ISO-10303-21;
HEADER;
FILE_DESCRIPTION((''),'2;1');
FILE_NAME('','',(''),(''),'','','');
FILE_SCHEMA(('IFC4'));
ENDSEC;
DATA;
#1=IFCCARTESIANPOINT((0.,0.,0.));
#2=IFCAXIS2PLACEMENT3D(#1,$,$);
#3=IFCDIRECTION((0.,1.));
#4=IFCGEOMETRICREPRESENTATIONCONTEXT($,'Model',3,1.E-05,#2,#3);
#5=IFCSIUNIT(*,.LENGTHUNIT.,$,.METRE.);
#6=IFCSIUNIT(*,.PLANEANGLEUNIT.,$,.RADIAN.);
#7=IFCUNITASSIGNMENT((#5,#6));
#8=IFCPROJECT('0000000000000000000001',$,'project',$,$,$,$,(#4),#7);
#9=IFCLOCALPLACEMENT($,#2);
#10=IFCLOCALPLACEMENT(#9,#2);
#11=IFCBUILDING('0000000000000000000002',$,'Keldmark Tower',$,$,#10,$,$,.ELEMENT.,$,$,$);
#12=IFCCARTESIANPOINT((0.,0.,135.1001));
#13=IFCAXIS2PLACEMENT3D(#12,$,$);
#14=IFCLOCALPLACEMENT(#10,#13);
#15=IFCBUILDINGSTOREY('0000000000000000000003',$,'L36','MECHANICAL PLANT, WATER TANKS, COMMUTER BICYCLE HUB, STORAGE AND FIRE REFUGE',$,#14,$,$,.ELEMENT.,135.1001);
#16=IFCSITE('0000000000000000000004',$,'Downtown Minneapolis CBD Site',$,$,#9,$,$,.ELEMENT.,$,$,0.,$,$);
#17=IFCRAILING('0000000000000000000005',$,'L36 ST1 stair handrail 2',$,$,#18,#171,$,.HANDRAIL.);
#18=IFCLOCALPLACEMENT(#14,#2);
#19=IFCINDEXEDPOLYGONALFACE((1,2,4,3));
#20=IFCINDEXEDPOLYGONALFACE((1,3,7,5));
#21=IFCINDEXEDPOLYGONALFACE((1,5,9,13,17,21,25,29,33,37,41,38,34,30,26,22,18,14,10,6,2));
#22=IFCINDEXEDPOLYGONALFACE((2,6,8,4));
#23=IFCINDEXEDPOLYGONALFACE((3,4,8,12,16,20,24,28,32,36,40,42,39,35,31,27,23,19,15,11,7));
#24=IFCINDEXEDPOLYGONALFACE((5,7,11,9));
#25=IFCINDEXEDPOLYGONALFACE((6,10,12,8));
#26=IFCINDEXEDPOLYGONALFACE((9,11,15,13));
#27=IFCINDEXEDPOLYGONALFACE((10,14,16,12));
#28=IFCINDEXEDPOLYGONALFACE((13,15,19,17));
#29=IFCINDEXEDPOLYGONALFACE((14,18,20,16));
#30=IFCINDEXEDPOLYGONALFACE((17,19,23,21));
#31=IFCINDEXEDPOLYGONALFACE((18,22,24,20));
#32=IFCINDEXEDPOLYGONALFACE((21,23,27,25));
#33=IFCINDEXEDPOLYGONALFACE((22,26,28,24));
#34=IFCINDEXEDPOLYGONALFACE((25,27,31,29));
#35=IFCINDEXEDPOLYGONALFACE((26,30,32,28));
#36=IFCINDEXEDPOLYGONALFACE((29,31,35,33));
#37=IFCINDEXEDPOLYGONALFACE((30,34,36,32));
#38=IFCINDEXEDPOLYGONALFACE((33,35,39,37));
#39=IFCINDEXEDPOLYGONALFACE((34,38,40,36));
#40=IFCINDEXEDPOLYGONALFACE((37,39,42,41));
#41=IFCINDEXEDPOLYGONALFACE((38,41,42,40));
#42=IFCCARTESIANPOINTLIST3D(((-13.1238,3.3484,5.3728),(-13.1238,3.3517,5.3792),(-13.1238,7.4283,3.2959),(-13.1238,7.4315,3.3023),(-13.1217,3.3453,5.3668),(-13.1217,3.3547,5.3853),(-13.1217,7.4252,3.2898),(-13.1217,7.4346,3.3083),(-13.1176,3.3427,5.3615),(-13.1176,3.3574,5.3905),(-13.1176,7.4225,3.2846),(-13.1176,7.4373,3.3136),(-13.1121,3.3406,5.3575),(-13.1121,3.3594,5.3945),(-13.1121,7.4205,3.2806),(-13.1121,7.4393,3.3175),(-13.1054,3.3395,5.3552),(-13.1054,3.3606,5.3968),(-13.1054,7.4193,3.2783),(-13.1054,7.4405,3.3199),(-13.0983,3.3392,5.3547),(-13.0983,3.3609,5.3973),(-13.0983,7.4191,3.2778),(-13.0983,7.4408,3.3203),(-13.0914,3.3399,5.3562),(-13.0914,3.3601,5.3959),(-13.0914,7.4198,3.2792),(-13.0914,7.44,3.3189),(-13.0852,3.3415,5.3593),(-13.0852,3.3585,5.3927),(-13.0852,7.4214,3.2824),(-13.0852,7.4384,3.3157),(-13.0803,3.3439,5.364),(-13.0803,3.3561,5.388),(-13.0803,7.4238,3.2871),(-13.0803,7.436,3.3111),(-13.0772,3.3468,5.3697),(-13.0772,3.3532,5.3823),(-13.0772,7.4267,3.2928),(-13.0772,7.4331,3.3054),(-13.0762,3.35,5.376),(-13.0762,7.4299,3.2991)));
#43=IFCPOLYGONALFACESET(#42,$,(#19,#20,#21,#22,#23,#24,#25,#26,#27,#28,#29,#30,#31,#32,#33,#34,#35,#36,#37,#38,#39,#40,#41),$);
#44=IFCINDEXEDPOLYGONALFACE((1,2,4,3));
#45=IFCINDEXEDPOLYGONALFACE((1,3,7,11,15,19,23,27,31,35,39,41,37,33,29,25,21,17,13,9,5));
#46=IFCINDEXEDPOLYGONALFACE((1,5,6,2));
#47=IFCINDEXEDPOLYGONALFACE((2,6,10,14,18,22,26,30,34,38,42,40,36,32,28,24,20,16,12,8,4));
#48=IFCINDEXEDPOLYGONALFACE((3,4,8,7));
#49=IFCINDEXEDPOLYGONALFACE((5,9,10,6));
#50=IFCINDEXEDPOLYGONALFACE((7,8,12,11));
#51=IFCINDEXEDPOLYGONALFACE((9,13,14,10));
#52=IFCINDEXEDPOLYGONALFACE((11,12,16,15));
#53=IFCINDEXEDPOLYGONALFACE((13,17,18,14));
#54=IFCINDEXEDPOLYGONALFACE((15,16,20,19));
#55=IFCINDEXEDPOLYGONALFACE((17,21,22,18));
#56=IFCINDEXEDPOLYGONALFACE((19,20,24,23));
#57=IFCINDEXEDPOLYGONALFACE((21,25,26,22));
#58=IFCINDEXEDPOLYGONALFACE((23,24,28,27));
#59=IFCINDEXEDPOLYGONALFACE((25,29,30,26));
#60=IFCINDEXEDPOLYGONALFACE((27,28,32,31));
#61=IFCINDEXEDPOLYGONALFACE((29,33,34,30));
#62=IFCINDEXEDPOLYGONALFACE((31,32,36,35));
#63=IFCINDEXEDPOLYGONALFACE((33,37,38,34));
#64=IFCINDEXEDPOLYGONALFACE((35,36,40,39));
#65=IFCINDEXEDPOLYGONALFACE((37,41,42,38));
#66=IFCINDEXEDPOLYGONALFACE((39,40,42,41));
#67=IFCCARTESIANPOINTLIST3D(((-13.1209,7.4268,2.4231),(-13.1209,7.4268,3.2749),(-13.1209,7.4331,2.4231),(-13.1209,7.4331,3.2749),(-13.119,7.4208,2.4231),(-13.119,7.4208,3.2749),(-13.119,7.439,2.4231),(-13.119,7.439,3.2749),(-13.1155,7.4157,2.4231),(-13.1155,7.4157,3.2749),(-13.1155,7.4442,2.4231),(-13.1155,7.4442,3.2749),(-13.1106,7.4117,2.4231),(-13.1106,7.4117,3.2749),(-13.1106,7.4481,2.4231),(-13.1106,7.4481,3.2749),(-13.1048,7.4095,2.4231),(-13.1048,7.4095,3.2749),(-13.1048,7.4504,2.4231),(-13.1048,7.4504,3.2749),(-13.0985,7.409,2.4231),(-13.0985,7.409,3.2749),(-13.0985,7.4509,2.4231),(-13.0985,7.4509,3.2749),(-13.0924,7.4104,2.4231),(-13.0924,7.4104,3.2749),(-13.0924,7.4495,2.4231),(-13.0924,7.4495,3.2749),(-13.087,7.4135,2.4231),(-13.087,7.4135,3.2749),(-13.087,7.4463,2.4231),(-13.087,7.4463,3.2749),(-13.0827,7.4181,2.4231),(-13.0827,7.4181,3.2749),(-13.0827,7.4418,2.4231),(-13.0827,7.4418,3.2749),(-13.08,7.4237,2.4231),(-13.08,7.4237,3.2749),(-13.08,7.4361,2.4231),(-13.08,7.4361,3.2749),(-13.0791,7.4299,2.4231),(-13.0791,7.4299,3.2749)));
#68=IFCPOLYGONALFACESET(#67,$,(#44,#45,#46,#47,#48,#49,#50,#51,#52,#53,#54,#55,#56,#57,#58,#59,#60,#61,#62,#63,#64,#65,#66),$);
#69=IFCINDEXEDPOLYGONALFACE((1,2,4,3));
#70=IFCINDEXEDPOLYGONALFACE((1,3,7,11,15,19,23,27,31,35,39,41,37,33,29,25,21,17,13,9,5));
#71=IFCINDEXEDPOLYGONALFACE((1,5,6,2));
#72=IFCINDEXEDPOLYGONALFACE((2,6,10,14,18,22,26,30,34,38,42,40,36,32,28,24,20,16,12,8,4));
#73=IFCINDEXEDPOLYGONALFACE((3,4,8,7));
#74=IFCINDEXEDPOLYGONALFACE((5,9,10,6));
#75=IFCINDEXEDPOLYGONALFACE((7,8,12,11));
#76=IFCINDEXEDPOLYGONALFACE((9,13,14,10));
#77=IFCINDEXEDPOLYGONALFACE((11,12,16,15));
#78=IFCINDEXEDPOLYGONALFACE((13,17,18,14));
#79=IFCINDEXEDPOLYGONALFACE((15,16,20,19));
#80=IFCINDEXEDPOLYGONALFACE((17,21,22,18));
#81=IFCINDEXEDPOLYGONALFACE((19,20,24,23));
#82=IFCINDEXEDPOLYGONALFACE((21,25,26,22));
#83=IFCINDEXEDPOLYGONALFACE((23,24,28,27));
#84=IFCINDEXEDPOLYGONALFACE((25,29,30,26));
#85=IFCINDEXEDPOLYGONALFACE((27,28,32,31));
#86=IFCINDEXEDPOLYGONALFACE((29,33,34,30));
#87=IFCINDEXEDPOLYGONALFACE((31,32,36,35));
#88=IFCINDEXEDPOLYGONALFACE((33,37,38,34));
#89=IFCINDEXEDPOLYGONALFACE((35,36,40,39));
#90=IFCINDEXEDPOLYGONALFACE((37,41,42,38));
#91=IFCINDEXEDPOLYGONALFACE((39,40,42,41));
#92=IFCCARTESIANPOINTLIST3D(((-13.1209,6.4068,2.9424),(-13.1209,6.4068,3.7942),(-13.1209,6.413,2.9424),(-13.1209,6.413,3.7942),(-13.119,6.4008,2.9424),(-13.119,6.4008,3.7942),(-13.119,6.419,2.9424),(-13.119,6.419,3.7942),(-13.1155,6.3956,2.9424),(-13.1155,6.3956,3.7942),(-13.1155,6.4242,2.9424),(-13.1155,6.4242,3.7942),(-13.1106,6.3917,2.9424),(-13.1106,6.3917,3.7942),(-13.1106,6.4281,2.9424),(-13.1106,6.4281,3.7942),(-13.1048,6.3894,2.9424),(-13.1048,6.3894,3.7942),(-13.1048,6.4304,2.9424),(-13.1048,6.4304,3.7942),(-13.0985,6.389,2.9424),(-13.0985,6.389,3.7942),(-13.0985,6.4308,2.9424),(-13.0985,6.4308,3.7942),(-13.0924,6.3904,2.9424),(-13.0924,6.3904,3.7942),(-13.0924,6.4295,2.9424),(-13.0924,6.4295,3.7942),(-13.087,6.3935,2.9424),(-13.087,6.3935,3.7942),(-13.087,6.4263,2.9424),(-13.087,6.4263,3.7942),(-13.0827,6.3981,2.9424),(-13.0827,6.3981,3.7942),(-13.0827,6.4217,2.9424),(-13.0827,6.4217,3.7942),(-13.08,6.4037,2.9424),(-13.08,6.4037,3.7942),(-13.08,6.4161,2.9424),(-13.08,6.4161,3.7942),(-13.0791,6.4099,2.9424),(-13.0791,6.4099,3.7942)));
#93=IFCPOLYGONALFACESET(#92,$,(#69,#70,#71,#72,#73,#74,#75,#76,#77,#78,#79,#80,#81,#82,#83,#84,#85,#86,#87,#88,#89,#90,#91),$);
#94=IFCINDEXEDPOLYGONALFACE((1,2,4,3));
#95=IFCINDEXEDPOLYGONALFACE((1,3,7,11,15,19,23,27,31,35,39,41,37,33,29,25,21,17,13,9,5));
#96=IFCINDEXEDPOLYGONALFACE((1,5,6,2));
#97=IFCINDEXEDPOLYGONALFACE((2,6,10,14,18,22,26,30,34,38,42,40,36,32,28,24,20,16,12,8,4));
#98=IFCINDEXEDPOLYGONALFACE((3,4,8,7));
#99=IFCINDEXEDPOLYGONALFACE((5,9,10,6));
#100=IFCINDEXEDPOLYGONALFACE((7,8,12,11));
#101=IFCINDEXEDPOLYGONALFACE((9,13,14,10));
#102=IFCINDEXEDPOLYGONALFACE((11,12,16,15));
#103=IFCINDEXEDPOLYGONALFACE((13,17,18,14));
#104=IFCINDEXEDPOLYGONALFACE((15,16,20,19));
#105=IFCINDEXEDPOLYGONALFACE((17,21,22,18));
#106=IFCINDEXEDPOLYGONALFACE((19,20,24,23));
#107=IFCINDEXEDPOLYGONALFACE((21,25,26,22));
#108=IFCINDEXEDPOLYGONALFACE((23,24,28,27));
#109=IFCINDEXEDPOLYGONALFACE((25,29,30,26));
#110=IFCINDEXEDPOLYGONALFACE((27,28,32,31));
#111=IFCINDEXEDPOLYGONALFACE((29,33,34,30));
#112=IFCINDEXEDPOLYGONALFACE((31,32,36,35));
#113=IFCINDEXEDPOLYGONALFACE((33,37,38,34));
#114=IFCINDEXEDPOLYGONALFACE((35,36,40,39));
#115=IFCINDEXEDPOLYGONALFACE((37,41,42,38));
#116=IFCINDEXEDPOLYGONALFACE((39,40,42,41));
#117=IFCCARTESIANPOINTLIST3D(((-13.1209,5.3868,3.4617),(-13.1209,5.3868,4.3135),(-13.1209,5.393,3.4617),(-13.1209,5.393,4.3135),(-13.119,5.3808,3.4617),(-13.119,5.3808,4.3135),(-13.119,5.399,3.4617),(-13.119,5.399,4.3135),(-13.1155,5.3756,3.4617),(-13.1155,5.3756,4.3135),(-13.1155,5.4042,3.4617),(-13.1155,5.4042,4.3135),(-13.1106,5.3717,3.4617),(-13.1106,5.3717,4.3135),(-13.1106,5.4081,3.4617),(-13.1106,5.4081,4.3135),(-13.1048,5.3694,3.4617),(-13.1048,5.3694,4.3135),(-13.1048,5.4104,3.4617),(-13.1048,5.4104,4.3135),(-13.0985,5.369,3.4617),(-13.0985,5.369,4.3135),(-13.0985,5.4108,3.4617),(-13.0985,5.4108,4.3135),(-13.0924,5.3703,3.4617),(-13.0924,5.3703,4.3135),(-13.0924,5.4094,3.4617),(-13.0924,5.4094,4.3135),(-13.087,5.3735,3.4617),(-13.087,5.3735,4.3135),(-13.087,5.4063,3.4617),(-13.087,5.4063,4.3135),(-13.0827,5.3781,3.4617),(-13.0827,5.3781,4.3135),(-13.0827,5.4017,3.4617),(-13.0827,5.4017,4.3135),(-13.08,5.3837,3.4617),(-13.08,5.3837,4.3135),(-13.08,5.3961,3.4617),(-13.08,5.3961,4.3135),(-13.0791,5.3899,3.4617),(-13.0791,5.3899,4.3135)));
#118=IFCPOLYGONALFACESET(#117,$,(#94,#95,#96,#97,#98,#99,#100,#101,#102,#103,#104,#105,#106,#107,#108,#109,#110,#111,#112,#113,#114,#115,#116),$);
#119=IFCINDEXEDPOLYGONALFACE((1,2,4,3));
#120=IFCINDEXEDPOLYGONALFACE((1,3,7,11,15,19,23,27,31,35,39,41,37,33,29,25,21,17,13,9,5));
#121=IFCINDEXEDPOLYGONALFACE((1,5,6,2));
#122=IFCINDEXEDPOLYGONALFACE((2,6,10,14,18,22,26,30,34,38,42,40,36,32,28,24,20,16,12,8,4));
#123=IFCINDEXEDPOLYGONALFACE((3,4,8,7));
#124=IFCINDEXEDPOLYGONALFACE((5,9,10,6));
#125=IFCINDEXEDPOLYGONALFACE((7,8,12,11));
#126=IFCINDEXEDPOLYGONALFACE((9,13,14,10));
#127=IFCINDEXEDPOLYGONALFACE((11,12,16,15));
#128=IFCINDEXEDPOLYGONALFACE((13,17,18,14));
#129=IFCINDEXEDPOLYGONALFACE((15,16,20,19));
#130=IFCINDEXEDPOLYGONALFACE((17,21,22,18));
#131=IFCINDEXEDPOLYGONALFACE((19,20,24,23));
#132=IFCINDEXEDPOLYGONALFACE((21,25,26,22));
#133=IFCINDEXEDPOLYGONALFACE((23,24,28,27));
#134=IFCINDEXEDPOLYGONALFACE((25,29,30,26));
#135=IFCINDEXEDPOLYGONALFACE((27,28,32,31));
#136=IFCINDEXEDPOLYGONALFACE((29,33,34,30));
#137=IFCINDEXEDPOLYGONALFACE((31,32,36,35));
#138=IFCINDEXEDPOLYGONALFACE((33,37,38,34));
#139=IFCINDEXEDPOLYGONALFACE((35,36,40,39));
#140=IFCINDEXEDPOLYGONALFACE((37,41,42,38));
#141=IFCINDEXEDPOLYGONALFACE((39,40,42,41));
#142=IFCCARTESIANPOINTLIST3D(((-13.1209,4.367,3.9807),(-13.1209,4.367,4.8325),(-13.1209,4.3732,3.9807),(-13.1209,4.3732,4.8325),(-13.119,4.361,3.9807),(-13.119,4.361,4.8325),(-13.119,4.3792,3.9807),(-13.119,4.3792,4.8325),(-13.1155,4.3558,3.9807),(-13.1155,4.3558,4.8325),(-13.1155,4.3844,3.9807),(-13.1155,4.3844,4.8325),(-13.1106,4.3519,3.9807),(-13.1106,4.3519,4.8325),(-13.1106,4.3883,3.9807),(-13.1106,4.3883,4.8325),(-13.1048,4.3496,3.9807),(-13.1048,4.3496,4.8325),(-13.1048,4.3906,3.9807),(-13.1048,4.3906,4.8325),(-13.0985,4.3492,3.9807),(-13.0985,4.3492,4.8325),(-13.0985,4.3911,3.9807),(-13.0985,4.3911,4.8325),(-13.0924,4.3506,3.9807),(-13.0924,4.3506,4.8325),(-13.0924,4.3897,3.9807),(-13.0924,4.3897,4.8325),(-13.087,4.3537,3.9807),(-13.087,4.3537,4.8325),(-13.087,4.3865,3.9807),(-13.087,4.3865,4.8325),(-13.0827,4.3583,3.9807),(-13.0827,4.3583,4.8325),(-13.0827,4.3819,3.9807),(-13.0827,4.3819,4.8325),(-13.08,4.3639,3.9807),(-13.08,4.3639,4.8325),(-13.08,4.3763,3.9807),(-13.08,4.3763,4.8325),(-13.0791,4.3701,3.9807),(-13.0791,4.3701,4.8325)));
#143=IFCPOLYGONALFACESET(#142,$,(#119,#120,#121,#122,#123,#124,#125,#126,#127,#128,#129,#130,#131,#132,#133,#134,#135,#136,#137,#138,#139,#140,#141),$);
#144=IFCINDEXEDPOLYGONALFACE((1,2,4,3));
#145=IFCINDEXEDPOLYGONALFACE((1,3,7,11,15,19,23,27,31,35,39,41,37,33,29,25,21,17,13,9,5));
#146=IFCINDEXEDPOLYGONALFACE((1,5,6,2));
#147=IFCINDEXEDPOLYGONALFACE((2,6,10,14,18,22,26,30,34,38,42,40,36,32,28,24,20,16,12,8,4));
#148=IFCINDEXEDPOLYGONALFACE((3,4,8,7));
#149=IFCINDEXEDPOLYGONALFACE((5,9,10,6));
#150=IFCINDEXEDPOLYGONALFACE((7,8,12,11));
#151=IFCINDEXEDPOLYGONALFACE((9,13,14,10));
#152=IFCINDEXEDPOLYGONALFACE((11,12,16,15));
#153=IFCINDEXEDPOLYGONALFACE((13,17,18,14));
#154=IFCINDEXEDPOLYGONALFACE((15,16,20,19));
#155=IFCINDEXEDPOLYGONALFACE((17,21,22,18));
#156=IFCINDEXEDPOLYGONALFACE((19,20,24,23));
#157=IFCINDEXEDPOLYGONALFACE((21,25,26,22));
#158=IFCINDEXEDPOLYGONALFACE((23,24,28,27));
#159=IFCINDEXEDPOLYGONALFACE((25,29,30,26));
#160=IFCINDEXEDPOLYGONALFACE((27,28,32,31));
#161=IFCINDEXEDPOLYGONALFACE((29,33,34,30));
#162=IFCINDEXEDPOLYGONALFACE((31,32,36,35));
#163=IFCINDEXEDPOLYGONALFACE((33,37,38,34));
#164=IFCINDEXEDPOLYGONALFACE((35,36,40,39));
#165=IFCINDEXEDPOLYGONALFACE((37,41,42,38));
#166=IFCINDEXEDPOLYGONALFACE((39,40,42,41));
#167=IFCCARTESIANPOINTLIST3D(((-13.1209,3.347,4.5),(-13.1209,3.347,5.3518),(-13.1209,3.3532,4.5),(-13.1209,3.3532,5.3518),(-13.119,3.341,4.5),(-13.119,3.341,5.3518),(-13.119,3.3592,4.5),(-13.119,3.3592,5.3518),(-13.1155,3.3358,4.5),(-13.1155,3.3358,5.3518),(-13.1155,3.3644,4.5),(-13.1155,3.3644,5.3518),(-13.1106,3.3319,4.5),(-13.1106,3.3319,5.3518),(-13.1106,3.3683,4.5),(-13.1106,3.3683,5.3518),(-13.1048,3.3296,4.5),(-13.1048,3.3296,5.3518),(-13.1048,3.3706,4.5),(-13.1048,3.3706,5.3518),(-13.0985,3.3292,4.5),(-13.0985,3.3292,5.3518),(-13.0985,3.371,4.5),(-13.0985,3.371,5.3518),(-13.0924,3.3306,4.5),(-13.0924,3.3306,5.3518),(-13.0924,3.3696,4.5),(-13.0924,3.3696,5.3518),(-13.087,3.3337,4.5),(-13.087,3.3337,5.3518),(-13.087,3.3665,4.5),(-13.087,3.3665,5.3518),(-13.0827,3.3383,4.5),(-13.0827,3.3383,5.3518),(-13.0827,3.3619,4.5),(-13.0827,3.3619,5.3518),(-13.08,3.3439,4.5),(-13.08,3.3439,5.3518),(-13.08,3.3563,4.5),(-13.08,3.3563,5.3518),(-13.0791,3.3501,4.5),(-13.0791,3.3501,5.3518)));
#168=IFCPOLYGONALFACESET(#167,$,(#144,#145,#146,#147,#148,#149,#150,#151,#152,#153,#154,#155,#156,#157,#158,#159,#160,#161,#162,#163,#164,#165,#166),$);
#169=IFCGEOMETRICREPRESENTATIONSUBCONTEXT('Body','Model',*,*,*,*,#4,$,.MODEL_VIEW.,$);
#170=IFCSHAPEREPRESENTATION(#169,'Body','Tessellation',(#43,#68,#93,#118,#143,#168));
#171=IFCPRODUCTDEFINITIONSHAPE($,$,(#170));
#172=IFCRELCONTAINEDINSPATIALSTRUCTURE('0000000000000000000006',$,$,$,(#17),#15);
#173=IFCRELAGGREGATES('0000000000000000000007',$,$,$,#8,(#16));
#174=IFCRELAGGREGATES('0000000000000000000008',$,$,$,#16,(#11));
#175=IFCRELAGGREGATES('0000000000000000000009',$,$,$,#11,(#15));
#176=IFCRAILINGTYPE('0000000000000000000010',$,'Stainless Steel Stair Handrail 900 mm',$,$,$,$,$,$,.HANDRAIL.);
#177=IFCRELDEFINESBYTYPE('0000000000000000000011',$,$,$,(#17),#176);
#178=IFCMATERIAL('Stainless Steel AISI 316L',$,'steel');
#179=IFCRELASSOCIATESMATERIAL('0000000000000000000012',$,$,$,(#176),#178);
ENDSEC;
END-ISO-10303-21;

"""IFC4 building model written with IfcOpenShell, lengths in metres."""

from ifc_helpers import new_model, si_unit, direction, frame, origin, origin_2d, place, context, subcontext, project, spatial, circle, extrude, material, type_object, element, save


model = new_model("IFC4")

# Units and contexts
model_context = context("Model", 3, precision=1e-05, world=origin(), true_north=direction((0.0, 1.0)))
body_context = subcontext(model_context, "Body", "Model", "MODEL_VIEW")
ifc_project = project(units=[si_unit("LENGTHUNIT", "METRE"), si_unit("PLANEANGLEUNIT", "RADIAN")], contexts=[model_context])

# Site, building, storey
site_placement = place(None, origin())
site = spatial("IfcSite", under=ifc_project, at=site_placement, Name="Downtown Minneapolis CBD Site", CompositionType="ELEMENT", RefElevation=0.0)
building_placement = place(site_placement, origin())
building = spatial("IfcBuilding", under=site, at=building_placement, Name="Keldmark Tower", CompositionType="ELEMENT")
storey_placement = place(building_placement, frame((0.0, 0.0, 135.1001)))
storey = spatial("IfcBuildingStorey", under=building, at=storey_placement, Name="L36", Description="MECHANICAL PLANT, WATER TANKS, COMMUTER BICYCLE HUB, STORAGE AND FIRE REFUGE", CompositionType="ELEMENT", Elevation=135.1001)

# Railing
ifc_material_1 = material(Name="Stainless Steel AISI 316L", Category="steel")
railing_type = type_object("IfcRailingType", Name="Stainless Steel Stair Handrail 900 mm", PredefinedType="HANDRAIL", material=ifc_material_1)
railing_placement = place(storey_placement, frame((-13.1001, 7.4299, 2.4231)))
element("IfcRailing", 1, at=railing_placement, inside=storey, type_object=railing_type, Name="L36 ST1 stair handrail 2", PredefinedType="HANDRAIL", context=body_context, shape_type="SweptSolid", body=[
    extrude(circle(Radius=0.0239, at=origin_2d()), frame((0.0, 0.0, 0.876), z_axis=(0.0, -0.891172, 0.453665), x_axis=(1.0, 0.0, 0.0)), (0.0, 0.0, 1.0), 4.5781),
    extrude(circle(Radius=0.021, at=origin_2d()), origin(), (0.0, 0.0, 1.0), 0.8518),
    extrude(circle(Radius=0.021, at=origin_2d()), frame((0.0, -1.02, 0.5193)), (0.0, 0.0, 1.0), 0.8518),
    extrude(circle(Radius=0.021, at=origin_2d()), frame((0.0, -2.04, 1.0386)), (0.0, 0.0, 1.0), 0.8518),
    extrude(circle(Radius=0.021, at=origin_2d()), frame((0.0, -3.0598, 1.5576)), (0.0, 0.0, 1.0), 0.8518),
    extrude(circle(Radius=0.021, at=origin_2d()), frame((0.0, -4.0798, 2.0769)), (0.0, 0.0, 1.0), 0.8518),
])

save(model, "model.ifc")
